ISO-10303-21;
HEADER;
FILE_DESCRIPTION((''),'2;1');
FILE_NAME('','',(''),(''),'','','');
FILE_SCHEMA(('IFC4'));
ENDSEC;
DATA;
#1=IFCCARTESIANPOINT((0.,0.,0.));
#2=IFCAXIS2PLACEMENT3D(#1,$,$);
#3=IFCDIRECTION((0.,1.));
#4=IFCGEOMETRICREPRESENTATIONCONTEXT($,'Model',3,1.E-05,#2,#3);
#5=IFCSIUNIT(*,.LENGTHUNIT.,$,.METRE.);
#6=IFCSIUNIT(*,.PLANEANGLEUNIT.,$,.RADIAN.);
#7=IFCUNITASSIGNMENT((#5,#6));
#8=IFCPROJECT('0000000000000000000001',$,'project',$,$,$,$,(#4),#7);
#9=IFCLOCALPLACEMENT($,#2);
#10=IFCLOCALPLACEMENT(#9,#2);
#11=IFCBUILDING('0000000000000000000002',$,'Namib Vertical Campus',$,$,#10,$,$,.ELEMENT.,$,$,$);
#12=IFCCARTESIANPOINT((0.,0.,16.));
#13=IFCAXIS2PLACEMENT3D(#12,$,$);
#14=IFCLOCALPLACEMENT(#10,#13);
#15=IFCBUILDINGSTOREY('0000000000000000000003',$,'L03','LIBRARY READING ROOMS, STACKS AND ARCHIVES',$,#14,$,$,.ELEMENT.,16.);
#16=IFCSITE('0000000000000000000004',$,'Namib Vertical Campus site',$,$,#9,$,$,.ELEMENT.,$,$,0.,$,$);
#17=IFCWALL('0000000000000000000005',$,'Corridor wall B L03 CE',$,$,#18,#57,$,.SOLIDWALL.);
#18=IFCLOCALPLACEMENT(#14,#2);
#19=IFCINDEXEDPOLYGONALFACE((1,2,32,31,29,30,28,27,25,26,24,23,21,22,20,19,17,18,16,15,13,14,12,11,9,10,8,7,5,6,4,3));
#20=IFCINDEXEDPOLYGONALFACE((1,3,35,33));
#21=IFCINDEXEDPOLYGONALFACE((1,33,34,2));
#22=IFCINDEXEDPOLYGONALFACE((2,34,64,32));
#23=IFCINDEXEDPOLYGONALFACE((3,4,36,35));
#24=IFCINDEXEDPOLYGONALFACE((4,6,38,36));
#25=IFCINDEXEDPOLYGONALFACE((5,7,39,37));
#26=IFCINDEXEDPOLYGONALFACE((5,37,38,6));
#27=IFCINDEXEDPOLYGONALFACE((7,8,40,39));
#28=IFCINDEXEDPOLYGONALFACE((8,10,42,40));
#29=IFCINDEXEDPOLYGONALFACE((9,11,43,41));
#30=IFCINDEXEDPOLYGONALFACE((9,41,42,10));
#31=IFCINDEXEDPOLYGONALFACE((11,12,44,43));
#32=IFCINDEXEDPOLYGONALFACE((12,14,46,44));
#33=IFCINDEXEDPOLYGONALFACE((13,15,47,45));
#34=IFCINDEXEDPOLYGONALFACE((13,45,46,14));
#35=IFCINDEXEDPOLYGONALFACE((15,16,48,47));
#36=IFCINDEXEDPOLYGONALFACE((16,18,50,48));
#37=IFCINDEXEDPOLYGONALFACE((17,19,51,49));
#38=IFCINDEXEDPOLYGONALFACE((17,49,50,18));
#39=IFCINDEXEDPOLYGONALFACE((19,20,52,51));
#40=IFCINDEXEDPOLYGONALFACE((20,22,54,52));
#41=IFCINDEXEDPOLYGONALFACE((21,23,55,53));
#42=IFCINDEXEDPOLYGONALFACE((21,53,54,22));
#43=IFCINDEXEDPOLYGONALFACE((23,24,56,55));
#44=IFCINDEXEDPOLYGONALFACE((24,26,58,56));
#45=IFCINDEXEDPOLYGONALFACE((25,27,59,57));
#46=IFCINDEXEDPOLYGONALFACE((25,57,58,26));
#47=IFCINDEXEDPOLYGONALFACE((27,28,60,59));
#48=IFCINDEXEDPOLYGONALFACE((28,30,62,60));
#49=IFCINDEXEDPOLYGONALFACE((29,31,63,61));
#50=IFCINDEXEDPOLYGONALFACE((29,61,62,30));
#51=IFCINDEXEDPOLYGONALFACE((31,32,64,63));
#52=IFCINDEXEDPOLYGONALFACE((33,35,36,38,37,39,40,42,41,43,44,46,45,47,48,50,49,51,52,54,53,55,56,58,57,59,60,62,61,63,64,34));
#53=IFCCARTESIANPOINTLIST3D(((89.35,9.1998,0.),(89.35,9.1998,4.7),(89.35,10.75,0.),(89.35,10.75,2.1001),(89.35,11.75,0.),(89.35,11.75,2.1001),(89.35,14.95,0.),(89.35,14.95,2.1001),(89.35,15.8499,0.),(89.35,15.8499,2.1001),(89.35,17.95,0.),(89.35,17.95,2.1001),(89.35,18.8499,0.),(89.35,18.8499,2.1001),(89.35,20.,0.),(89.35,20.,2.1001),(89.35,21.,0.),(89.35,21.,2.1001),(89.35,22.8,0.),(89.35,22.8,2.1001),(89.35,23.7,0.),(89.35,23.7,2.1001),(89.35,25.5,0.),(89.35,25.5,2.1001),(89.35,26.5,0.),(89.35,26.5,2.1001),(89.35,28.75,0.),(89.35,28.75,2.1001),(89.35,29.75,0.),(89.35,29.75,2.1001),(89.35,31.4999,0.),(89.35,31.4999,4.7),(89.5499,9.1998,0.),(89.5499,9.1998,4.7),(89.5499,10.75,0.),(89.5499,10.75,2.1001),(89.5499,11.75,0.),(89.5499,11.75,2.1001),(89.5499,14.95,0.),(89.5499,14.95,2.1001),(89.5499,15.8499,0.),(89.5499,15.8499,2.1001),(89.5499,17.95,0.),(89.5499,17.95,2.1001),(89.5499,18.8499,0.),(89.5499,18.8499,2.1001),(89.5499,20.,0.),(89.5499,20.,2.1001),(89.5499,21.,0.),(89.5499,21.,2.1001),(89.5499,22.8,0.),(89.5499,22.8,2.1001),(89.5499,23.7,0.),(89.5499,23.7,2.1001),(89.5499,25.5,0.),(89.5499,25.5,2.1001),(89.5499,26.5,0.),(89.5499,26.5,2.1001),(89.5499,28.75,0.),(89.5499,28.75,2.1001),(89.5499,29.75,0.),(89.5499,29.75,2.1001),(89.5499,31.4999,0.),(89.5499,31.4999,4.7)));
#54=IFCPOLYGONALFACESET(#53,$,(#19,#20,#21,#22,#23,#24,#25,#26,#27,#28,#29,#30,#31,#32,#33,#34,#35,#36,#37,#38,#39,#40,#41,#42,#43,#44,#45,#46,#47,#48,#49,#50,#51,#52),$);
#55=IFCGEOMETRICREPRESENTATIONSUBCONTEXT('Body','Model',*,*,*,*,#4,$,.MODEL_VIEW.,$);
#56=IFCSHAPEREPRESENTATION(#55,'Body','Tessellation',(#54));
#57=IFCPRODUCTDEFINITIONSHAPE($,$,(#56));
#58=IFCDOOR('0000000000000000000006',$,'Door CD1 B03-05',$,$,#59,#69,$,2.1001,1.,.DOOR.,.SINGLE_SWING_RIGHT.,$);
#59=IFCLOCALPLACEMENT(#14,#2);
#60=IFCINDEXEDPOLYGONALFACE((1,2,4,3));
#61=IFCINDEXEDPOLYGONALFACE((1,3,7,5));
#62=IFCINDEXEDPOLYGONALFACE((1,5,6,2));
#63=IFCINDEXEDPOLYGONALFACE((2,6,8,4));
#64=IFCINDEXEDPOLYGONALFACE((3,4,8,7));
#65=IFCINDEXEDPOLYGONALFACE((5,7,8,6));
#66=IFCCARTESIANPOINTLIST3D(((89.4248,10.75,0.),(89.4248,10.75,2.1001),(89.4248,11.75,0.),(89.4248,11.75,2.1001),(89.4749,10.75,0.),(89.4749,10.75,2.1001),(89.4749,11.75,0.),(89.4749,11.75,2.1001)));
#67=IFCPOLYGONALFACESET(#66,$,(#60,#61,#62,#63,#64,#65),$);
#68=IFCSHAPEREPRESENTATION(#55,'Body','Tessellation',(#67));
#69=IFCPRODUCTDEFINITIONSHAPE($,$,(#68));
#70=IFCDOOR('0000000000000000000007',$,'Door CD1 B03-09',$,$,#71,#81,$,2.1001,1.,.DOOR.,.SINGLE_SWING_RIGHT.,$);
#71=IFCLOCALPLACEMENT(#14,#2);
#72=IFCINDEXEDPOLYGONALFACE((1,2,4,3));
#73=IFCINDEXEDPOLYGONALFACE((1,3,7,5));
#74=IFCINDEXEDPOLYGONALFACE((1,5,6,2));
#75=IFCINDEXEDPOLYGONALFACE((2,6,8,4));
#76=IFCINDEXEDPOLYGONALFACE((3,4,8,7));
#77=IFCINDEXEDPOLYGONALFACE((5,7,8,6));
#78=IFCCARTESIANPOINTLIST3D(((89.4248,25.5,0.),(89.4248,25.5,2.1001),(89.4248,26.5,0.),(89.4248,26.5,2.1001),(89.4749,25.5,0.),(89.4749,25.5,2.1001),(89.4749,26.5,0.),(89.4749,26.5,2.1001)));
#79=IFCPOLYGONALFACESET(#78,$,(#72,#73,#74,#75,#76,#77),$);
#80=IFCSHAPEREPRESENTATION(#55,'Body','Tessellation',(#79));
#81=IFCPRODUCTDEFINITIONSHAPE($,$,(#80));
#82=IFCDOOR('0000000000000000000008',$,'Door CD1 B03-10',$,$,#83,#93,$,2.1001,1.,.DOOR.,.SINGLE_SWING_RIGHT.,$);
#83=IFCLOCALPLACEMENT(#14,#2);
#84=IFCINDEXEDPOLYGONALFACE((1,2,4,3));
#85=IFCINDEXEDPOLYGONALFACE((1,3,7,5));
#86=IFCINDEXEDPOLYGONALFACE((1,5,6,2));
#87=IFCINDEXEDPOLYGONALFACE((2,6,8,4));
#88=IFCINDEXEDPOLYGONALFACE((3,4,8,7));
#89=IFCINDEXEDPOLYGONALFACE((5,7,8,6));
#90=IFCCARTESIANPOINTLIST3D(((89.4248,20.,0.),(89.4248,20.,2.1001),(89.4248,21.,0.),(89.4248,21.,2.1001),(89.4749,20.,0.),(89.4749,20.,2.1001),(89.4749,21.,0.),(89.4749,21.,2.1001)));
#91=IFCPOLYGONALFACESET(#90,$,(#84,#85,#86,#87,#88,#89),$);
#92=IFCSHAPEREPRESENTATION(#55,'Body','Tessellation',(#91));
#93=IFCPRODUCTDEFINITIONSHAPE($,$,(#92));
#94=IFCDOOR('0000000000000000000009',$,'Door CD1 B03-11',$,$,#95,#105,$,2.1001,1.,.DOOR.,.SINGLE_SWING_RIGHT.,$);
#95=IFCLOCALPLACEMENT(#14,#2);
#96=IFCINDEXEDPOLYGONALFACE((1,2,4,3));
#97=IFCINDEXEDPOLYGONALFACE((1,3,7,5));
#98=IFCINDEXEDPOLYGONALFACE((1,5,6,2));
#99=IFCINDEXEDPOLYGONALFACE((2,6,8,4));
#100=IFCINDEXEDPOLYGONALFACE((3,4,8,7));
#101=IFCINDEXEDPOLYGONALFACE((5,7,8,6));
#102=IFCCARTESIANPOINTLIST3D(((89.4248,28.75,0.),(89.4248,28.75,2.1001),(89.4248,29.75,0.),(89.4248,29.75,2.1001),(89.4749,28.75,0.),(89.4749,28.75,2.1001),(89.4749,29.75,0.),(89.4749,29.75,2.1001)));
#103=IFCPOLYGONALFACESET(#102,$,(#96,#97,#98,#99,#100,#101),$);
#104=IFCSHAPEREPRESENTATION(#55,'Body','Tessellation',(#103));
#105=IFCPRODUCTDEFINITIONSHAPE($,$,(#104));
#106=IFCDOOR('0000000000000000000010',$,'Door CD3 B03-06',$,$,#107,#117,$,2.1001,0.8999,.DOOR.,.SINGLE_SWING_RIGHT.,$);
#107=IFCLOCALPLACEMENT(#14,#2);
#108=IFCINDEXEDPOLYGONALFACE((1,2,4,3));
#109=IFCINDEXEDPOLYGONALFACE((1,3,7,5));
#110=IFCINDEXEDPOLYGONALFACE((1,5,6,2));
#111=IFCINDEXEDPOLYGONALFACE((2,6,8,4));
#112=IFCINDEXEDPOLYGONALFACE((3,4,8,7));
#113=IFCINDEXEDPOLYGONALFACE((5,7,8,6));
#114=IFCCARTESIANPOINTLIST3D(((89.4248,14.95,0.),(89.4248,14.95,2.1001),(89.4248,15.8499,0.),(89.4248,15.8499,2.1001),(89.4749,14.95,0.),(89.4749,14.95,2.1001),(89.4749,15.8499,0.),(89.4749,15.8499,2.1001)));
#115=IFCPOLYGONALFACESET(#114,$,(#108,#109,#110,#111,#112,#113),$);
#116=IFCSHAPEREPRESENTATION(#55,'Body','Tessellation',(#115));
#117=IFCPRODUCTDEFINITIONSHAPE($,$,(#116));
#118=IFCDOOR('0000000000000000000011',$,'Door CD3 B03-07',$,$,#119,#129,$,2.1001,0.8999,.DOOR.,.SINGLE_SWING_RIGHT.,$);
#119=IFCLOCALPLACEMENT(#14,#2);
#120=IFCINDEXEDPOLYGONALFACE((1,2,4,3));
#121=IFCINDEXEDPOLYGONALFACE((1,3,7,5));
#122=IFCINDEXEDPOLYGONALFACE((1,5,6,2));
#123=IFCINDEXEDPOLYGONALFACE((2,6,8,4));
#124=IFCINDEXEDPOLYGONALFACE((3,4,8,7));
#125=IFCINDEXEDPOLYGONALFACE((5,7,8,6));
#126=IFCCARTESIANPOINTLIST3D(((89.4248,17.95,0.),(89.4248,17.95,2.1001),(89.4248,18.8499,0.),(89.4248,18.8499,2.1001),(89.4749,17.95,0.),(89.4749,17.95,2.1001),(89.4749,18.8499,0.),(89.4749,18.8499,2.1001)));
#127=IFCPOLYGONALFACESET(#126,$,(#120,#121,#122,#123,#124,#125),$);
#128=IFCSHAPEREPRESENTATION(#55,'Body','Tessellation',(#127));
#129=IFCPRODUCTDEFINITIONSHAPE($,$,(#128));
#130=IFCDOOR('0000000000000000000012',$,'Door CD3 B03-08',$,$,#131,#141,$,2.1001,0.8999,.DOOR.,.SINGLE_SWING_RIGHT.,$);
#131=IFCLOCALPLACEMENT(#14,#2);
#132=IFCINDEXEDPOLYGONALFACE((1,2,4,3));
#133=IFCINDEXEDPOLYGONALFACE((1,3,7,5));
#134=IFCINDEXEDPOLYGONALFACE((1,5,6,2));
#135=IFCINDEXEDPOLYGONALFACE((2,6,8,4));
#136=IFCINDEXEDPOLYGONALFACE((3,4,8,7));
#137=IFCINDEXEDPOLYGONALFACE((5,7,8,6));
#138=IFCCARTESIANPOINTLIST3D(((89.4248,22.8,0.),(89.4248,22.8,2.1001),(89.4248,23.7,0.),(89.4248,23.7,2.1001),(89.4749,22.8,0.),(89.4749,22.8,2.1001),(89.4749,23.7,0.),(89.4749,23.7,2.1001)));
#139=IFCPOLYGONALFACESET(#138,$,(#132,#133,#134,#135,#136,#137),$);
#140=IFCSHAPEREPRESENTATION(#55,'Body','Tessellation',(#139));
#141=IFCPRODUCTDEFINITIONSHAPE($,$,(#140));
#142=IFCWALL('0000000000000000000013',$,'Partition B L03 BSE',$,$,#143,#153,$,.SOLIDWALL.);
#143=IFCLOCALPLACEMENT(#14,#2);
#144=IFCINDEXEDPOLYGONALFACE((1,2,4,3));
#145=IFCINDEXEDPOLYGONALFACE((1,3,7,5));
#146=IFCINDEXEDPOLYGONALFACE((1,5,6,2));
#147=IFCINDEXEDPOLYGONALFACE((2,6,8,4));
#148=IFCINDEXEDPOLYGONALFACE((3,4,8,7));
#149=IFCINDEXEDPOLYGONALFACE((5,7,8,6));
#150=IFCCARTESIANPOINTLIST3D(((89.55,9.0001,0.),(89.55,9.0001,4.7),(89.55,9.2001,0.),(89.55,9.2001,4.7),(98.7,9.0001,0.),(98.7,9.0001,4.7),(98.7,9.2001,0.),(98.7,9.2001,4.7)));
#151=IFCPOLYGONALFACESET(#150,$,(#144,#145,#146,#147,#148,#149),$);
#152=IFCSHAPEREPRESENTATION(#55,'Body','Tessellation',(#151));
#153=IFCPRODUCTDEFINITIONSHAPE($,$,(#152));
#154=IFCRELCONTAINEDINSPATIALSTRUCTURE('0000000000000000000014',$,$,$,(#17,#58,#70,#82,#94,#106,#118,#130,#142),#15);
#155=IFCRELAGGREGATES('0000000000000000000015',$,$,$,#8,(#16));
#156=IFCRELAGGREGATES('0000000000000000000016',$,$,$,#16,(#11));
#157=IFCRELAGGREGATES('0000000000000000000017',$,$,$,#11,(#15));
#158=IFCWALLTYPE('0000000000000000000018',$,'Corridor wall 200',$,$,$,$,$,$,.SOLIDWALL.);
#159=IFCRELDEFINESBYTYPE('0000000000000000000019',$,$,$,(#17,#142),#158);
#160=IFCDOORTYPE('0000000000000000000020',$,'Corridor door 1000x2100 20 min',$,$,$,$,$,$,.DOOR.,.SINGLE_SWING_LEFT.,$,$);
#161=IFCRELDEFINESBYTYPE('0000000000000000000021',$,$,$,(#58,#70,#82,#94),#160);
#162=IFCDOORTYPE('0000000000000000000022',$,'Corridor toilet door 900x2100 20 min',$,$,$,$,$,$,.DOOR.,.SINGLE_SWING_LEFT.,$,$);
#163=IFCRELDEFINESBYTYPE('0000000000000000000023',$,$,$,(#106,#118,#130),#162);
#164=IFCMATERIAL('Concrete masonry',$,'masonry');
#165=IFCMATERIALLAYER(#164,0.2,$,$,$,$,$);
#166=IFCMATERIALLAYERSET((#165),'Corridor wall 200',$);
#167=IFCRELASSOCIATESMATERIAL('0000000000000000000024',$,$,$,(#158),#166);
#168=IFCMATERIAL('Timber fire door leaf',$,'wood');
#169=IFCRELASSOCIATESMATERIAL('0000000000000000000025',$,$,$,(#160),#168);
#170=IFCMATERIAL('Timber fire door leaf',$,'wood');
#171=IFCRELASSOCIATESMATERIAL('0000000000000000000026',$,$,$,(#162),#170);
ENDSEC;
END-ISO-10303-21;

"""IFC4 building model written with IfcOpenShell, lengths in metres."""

from ifc_helpers import new_model, si_unit, direction, frame, frame_2d, origin, place, context, subcontext, project, spatial, rectangle, extrude, material, layer, layer_set, type_object, element, fill, save


model = new_model("IFC4")

# Units and contexts
model_context = context("Model", 3, precision=1e-05, world=origin(), true_north=direction((0.0, 1.0)))
body_context = subcontext(model_context, "Body", "Model", "MODEL_VIEW")
ifc_project = project(units=[si_unit("LENGTHUNIT", "METRE"), si_unit("PLANEANGLEUNIT", "RADIAN")], contexts=[model_context])

# Site, building, storey
site_placement = place(None, origin())
site = spatial("IfcSite", under=ifc_project, at=site_placement, Name="Namib Vertical Campus site", CompositionType="ELEMENT", RefElevation=0.0)
building_placement = place(site_placement, origin())
building = spatial("IfcBuilding", under=site, at=building_placement, Name="Namib Vertical Campus", CompositionType="ELEMENT")
storey_placement = place(building_placement, frame((0.0, 0.0, 16.0)))
storey = spatial("IfcBuildingStorey", under=building, at=storey_placement, Name="L03", Description="LIBRARY READING ROOMS, STACKS AND ARCHIVES", CompositionType="ELEMENT", Elevation=16.0)

# Wall, openings, doors
ifc_material_1 = material(Name="Concrete masonry", Category="masonry")
ifc_layer_1 = layer(ifc_material_1, 0.2)
ifc_layer_set_1 = layer_set([ifc_layer_1], Name="Corridor wall 200")
wall_type_1 = type_object("IfcWallType", Name="Corridor wall 200", PredefinedType="SOLIDWALL", material=ifc_layer_set_1)
wall_1_placement = place(storey_placement, frame((89.45, 9.2, 0.0), z_axis=(0.0, 0.0, 1.0), x_axis=(0.0, 1.0, 0.0)))
wall_1 = element("IfcWall", 1, at=wall_1_placement, inside=storey, type_object=wall_type_1, Name="Corridor wall B L03 CE", PredefinedType="SOLIDWALL", context=body_context, shape_type="SweptSolid", body=[
    extrude(rectangle(XDim=22.3, YDim=0.2, at=frame_2d((11.1499, 0.0))), origin(), (0.0, 0.0, 1.0), 4.7),
])
opening_1_placement = place(wall_1_placement, frame((1.55, 0.0, 0.0)))
opening_1 = element("IfcOpeningElement", 2, at=opening_1_placement, cuts=wall_1, PredefinedType="OPENING", context=body_context, shape_type="SweptSolid", body=[
    extrude(rectangle(XDim=1.0, YDim=2.1001, at=frame_2d((0.5, 1.05))), frame((0.0, 0.1099, 0.0), z_axis=(0.0, -1.0, 0.0), x_axis=(1.0, 0.0, 0.0)), (0.0, 0.0, 1.0), 0.22),
])
opening_2_placement = place(wall_1_placement, frame((5.75, 0.0, 0.0)))
opening_2 = element("IfcOpeningElement", 3, at=opening_2_placement, cuts=wall_1, PredefinedType="OPENING", context=body_context, shape_type="SweptSolid", body=[
    extrude(rectangle(XDim=0.8999, YDim=2.1001, at=frame_2d((0.45, 1.05))), frame((0.0, 0.1099, 0.0), z_axis=(0.0, -1.0, 0.0), x_axis=(1.0, 0.0, 0.0)), (0.0, 0.0, 1.0), 0.22),
])
opening_3_placement = place(wall_1_placement, frame((8.75, 0.0, 0.0)))
opening_3 = element("IfcOpeningElement", 4, at=opening_3_placement, cuts=wall_1, PredefinedType="OPENING", context=body_context, shape_type="SweptSolid", body=[
    extrude(rectangle(XDim=0.8999, YDim=2.1001, at=frame_2d((0.45, 1.05))), frame((0.0, 0.1099, 0.0), z_axis=(0.0, -1.0, 0.0), x_axis=(1.0, 0.0, 0.0)), (0.0, 0.0, 1.0), 0.22),
])
opening_4_placement = place(wall_1_placement, frame((13.6001, 0.0, 0.0)))
opening_4 = element("IfcOpeningElement", 5, at=opening_4_placement, cuts=wall_1, PredefinedType="OPENING", context=body_context, shape_type="SweptSolid", body=[
    extrude(rectangle(XDim=0.8999, YDim=2.1001, at=frame_2d((0.45, 1.05))), frame((0.0, 0.1099, 0.0), z_axis=(0.0, -1.0, 0.0), x_axis=(1.0, 0.0, 0.0)), (0.0, 0.0, 1.0), 0.22),
])
opening_5_placement = place(wall_1_placement, frame((16.3, 0.0, 0.0)))
opening_5 = element("IfcOpeningElement", 6, at=opening_5_placement, cuts=wall_1, PredefinedType="OPENING", context=body_context, shape_type="SweptSolid", body=[
    extrude(rectangle(XDim=1.0, YDim=2.1001, at=frame_2d((0.5, 1.05))), frame((0.0, 0.1099, 0.0), z_axis=(0.0, -1.0, 0.0), x_axis=(1.0, 0.0, 0.0)), (0.0, 0.0, 1.0), 0.22),
])
opening_6_placement = place(wall_1_placement, frame((10.8, 0.0, 0.0)))
opening_6 = element("IfcOpeningElement", 7, at=opening_6_placement, cuts=wall_1, PredefinedType="OPENING", context=body_context, shape_type="SweptSolid", body=[
    extrude(rectangle(XDim=1.0, YDim=2.1001, at=frame_2d((0.5, 1.05))), frame((0.0, 0.1099, 0.0), z_axis=(0.0, -1.0, 0.0), x_axis=(1.0, 0.0, 0.0)), (0.0, 0.0, 1.0), 0.22),
])
opening_7_placement = place(wall_1_placement, frame((19.55, 0.0, 0.0)))
opening_7 = element("IfcOpeningElement", 8, at=opening_7_placement, cuts=wall_1, PredefinedType="OPENING", context=body_context, shape_type="SweptSolid", body=[
    extrude(rectangle(XDim=1.0, YDim=2.1001, at=frame_2d((0.5, 1.05))), frame((0.0, 0.1099, 0.0), z_axis=(0.0, -1.0, 0.0), x_axis=(1.0, 0.0, 0.0)), (0.0, 0.0, 1.0), 0.22),
])
ifc_material_2 = material(Name="Timber fire door leaf", Category="wood")
door_type_1 = type_object("IfcDoorType", Name="Corridor door 1000x2100 20 min", OperationType="SINGLE_SWING_LEFT", PredefinedType="DOOR", material=ifc_material_2)
door_1_placement = place(opening_1_placement, frame((1.0, 0.0, 0.0), z_axis=(0.0, 0.0, 1.0), x_axis=(-1.0, 0.0, 0.0)))
door_1 = element("IfcDoor", 9, at=door_1_placement, inside=storey, type_object=door_type_1, Name="Door CD1 B03-05", OperationType="SINGLE_SWING_RIGHT", OverallHeight=2.1001, OverallWidth=1.0, PredefinedType="DOOR", context=body_context, shape_type="SweptSolid", body=[
    extrude(rectangle(XDim=1.0, YDim=2.1001, at=frame_2d((0.5, 1.05))), frame((0.0, 0.0249, 0.0), z_axis=(0.0, -1.0, 0.0), x_axis=(1.0, 0.0, 0.0)), (0.0, 0.0, 1.0), 0.05),
])
fill(opening_1, door_1)
door_2_placement = place(opening_5_placement, frame((1.0, 0.0, 0.0), z_axis=(0.0, 0.0, 1.0), x_axis=(-1.0, 0.0, 0.0)))
door_2 = element("IfcDoor", 10, at=door_2_placement, inside=storey, type_object=door_type_1, Name="Door CD1 B03-09", OperationType="SINGLE_SWING_RIGHT", OverallHeight=2.1001, OverallWidth=1.0, PredefinedType="DOOR", context=body_context, shape_type="SweptSolid", body=[
    extrude(rectangle(XDim=1.0, YDim=2.1001, at=frame_2d((0.5, 1.05))), frame((0.0, 0.0249, 0.0), z_axis=(0.0, -1.0, 0.0), x_axis=(1.0, 0.0, 0.0)), (0.0, 0.0, 1.0), 0.05),
])
fill(opening_5, door_2)
door_3_placement = place(opening_6_placement, frame((1.0, 0.0, 0.0), z_axis=(0.0, 0.0, 1.0), x_axis=(-1.0, 0.0, 0.0)))
door_3 = element("IfcDoor", 11, at=door_3_placement, inside=storey, type_object=door_type_1, Name="Door CD1 B03-10", OperationType="SINGLE_SWING_RIGHT", OverallHeight=2.1001, OverallWidth=1.0, PredefinedType="DOOR", context=body_context, shape_type="SweptSolid", body=[
    extrude(rectangle(XDim=1.0, YDim=2.1001, at=frame_2d((0.5, 1.05))), frame((0.0, 0.0249, 0.0), z_axis=(0.0, -1.0, 0.0), x_axis=(1.0, 0.0, 0.0)), (0.0, 0.0, 1.0), 0.05),
])
fill(opening_6, door_3)
door_4_placement = place(opening_7_placement, frame((1.0, 0.0, 0.0), z_axis=(0.0, 0.0, 1.0), x_axis=(-1.0, 0.0, 0.0)))
door_4 = element("IfcDoor", 12, at=door_4_placement, inside=storey, type_object=door_type_1, Name="Door CD1 B03-11", OperationType="SINGLE_SWING_RIGHT", OverallHeight=2.1001, OverallWidth=1.0, PredefinedType="DOOR", context=body_context, shape_type="SweptSolid", body=[
    extrude(rectangle(XDim=1.0, YDim=2.1001, at=frame_2d((0.5, 1.05))), frame((0.0, 0.0249, 0.0), z_axis=(0.0, -1.0, 0.0), x_axis=(1.0, 0.0, 0.0)), (0.0, 0.0, 1.0), 0.05),
])
fill(opening_7, door_4)
ifc_material_3 = material(Name="Timber fire door leaf", Category="wood")
door_type_2 = type_object("IfcDoorType", Name="Corridor toilet door 900x2100 20 min", OperationType="SINGLE_SWING_LEFT", PredefinedType="DOOR", material=ifc_material_3)
door_5_placement = place(opening_2_placement, frame((0.8999, 0.0, 0.0), z_axis=(0.0, 0.0, 1.0), x_axis=(-1.0, 0.0, 0.0)))
door_5 = element("IfcDoor", 13, at=door_5_placement, inside=storey, type_object=door_type_2, Name="Door CD3 B03-06", OperationType="SINGLE_SWING_RIGHT", OverallHeight=2.1001, OverallWidth=0.8999, PredefinedType="DOOR", context=body_context, shape_type="SweptSolid", body=[
    extrude(rectangle(XDim=0.8999, YDim=2.1001, at=frame_2d((0.45, 1.05))), frame((0.0, 0.0249, 0.0), z_axis=(0.0, -1.0, 0.0), x_axis=(1.0, 0.0, 0.0)), (0.0, 0.0, 1.0), 0.05),
])
fill(opening_2, door_5)
door_6_placement = place(opening_3_placement, frame((0.8999, 0.0, 0.0), z_axis=(0.0, 0.0, 1.0), x_axis=(-1.0, 0.0, 0.0)))
door_6 = element("IfcDoor", 14, at=door_6_placement, inside=storey, type_object=door_type_2, Name="Door CD3 B03-07", OperationType="SINGLE_SWING_RIGHT", OverallHeight=2.1001, OverallWidth=0.8999, PredefinedType="DOOR", context=body_context, shape_type="SweptSolid", body=[
    extrude(rectangle(XDim=0.8999, YDim=2.1001, at=frame_2d((0.45, 1.05))), frame((0.0, 0.0249, 0.0), z_axis=(0.0, -1.0, 0.0), x_axis=(1.0, 0.0, 0.0)), (0.0, 0.0, 1.0), 0.05),
])
fill(opening_3, door_6)
door_7_placement = place(opening_4_placement, frame((0.8999, 0.0, 0.0), z_axis=(0.0, 0.0, 1.0), x_axis=(-1.0, 0.0, 0.0)))
door_7 = element("IfcDoor", 15, at=door_7_placement, inside=storey, type_object=door_type_2, Name="Door CD3 B03-08", OperationType="SINGLE_SWING_RIGHT", OverallHeight=2.1001, OverallWidth=0.8999, PredefinedType="DOOR", context=body_context, shape_type="SweptSolid", body=[
    extrude(rectangle(XDim=0.8999, YDim=2.1001, at=frame_2d((0.45, 1.05))), frame((0.0, 0.0249, 0.0), z_axis=(0.0, -1.0, 0.0), x_axis=(1.0, 0.0, 0.0)), (0.0, 0.0, 1.0), 0.05),
])
fill(opening_4, door_7)

# Wall
wall_2_placement = place(storey_placement, frame((89.55, 9.1001, 0.0), z_axis=(0.0, 0.0, 1.0), x_axis=(1.0, 0.0, 0.0)))
element("IfcWall", 16, at=wall_2_placement, inside=storey, type_object=wall_type_1, Name="Partition B L03 BSE", PredefinedType="SOLIDWALL", context=body_context, shape_type="SweptSolid", body=[
    extrude(rectangle(XDim=9.1499, YDim=0.2, at=frame_2d((4.575, 0.0))), origin(), (0.0, 0.0, 1.0), 4.7),
])

save(model, "model.ifc")
